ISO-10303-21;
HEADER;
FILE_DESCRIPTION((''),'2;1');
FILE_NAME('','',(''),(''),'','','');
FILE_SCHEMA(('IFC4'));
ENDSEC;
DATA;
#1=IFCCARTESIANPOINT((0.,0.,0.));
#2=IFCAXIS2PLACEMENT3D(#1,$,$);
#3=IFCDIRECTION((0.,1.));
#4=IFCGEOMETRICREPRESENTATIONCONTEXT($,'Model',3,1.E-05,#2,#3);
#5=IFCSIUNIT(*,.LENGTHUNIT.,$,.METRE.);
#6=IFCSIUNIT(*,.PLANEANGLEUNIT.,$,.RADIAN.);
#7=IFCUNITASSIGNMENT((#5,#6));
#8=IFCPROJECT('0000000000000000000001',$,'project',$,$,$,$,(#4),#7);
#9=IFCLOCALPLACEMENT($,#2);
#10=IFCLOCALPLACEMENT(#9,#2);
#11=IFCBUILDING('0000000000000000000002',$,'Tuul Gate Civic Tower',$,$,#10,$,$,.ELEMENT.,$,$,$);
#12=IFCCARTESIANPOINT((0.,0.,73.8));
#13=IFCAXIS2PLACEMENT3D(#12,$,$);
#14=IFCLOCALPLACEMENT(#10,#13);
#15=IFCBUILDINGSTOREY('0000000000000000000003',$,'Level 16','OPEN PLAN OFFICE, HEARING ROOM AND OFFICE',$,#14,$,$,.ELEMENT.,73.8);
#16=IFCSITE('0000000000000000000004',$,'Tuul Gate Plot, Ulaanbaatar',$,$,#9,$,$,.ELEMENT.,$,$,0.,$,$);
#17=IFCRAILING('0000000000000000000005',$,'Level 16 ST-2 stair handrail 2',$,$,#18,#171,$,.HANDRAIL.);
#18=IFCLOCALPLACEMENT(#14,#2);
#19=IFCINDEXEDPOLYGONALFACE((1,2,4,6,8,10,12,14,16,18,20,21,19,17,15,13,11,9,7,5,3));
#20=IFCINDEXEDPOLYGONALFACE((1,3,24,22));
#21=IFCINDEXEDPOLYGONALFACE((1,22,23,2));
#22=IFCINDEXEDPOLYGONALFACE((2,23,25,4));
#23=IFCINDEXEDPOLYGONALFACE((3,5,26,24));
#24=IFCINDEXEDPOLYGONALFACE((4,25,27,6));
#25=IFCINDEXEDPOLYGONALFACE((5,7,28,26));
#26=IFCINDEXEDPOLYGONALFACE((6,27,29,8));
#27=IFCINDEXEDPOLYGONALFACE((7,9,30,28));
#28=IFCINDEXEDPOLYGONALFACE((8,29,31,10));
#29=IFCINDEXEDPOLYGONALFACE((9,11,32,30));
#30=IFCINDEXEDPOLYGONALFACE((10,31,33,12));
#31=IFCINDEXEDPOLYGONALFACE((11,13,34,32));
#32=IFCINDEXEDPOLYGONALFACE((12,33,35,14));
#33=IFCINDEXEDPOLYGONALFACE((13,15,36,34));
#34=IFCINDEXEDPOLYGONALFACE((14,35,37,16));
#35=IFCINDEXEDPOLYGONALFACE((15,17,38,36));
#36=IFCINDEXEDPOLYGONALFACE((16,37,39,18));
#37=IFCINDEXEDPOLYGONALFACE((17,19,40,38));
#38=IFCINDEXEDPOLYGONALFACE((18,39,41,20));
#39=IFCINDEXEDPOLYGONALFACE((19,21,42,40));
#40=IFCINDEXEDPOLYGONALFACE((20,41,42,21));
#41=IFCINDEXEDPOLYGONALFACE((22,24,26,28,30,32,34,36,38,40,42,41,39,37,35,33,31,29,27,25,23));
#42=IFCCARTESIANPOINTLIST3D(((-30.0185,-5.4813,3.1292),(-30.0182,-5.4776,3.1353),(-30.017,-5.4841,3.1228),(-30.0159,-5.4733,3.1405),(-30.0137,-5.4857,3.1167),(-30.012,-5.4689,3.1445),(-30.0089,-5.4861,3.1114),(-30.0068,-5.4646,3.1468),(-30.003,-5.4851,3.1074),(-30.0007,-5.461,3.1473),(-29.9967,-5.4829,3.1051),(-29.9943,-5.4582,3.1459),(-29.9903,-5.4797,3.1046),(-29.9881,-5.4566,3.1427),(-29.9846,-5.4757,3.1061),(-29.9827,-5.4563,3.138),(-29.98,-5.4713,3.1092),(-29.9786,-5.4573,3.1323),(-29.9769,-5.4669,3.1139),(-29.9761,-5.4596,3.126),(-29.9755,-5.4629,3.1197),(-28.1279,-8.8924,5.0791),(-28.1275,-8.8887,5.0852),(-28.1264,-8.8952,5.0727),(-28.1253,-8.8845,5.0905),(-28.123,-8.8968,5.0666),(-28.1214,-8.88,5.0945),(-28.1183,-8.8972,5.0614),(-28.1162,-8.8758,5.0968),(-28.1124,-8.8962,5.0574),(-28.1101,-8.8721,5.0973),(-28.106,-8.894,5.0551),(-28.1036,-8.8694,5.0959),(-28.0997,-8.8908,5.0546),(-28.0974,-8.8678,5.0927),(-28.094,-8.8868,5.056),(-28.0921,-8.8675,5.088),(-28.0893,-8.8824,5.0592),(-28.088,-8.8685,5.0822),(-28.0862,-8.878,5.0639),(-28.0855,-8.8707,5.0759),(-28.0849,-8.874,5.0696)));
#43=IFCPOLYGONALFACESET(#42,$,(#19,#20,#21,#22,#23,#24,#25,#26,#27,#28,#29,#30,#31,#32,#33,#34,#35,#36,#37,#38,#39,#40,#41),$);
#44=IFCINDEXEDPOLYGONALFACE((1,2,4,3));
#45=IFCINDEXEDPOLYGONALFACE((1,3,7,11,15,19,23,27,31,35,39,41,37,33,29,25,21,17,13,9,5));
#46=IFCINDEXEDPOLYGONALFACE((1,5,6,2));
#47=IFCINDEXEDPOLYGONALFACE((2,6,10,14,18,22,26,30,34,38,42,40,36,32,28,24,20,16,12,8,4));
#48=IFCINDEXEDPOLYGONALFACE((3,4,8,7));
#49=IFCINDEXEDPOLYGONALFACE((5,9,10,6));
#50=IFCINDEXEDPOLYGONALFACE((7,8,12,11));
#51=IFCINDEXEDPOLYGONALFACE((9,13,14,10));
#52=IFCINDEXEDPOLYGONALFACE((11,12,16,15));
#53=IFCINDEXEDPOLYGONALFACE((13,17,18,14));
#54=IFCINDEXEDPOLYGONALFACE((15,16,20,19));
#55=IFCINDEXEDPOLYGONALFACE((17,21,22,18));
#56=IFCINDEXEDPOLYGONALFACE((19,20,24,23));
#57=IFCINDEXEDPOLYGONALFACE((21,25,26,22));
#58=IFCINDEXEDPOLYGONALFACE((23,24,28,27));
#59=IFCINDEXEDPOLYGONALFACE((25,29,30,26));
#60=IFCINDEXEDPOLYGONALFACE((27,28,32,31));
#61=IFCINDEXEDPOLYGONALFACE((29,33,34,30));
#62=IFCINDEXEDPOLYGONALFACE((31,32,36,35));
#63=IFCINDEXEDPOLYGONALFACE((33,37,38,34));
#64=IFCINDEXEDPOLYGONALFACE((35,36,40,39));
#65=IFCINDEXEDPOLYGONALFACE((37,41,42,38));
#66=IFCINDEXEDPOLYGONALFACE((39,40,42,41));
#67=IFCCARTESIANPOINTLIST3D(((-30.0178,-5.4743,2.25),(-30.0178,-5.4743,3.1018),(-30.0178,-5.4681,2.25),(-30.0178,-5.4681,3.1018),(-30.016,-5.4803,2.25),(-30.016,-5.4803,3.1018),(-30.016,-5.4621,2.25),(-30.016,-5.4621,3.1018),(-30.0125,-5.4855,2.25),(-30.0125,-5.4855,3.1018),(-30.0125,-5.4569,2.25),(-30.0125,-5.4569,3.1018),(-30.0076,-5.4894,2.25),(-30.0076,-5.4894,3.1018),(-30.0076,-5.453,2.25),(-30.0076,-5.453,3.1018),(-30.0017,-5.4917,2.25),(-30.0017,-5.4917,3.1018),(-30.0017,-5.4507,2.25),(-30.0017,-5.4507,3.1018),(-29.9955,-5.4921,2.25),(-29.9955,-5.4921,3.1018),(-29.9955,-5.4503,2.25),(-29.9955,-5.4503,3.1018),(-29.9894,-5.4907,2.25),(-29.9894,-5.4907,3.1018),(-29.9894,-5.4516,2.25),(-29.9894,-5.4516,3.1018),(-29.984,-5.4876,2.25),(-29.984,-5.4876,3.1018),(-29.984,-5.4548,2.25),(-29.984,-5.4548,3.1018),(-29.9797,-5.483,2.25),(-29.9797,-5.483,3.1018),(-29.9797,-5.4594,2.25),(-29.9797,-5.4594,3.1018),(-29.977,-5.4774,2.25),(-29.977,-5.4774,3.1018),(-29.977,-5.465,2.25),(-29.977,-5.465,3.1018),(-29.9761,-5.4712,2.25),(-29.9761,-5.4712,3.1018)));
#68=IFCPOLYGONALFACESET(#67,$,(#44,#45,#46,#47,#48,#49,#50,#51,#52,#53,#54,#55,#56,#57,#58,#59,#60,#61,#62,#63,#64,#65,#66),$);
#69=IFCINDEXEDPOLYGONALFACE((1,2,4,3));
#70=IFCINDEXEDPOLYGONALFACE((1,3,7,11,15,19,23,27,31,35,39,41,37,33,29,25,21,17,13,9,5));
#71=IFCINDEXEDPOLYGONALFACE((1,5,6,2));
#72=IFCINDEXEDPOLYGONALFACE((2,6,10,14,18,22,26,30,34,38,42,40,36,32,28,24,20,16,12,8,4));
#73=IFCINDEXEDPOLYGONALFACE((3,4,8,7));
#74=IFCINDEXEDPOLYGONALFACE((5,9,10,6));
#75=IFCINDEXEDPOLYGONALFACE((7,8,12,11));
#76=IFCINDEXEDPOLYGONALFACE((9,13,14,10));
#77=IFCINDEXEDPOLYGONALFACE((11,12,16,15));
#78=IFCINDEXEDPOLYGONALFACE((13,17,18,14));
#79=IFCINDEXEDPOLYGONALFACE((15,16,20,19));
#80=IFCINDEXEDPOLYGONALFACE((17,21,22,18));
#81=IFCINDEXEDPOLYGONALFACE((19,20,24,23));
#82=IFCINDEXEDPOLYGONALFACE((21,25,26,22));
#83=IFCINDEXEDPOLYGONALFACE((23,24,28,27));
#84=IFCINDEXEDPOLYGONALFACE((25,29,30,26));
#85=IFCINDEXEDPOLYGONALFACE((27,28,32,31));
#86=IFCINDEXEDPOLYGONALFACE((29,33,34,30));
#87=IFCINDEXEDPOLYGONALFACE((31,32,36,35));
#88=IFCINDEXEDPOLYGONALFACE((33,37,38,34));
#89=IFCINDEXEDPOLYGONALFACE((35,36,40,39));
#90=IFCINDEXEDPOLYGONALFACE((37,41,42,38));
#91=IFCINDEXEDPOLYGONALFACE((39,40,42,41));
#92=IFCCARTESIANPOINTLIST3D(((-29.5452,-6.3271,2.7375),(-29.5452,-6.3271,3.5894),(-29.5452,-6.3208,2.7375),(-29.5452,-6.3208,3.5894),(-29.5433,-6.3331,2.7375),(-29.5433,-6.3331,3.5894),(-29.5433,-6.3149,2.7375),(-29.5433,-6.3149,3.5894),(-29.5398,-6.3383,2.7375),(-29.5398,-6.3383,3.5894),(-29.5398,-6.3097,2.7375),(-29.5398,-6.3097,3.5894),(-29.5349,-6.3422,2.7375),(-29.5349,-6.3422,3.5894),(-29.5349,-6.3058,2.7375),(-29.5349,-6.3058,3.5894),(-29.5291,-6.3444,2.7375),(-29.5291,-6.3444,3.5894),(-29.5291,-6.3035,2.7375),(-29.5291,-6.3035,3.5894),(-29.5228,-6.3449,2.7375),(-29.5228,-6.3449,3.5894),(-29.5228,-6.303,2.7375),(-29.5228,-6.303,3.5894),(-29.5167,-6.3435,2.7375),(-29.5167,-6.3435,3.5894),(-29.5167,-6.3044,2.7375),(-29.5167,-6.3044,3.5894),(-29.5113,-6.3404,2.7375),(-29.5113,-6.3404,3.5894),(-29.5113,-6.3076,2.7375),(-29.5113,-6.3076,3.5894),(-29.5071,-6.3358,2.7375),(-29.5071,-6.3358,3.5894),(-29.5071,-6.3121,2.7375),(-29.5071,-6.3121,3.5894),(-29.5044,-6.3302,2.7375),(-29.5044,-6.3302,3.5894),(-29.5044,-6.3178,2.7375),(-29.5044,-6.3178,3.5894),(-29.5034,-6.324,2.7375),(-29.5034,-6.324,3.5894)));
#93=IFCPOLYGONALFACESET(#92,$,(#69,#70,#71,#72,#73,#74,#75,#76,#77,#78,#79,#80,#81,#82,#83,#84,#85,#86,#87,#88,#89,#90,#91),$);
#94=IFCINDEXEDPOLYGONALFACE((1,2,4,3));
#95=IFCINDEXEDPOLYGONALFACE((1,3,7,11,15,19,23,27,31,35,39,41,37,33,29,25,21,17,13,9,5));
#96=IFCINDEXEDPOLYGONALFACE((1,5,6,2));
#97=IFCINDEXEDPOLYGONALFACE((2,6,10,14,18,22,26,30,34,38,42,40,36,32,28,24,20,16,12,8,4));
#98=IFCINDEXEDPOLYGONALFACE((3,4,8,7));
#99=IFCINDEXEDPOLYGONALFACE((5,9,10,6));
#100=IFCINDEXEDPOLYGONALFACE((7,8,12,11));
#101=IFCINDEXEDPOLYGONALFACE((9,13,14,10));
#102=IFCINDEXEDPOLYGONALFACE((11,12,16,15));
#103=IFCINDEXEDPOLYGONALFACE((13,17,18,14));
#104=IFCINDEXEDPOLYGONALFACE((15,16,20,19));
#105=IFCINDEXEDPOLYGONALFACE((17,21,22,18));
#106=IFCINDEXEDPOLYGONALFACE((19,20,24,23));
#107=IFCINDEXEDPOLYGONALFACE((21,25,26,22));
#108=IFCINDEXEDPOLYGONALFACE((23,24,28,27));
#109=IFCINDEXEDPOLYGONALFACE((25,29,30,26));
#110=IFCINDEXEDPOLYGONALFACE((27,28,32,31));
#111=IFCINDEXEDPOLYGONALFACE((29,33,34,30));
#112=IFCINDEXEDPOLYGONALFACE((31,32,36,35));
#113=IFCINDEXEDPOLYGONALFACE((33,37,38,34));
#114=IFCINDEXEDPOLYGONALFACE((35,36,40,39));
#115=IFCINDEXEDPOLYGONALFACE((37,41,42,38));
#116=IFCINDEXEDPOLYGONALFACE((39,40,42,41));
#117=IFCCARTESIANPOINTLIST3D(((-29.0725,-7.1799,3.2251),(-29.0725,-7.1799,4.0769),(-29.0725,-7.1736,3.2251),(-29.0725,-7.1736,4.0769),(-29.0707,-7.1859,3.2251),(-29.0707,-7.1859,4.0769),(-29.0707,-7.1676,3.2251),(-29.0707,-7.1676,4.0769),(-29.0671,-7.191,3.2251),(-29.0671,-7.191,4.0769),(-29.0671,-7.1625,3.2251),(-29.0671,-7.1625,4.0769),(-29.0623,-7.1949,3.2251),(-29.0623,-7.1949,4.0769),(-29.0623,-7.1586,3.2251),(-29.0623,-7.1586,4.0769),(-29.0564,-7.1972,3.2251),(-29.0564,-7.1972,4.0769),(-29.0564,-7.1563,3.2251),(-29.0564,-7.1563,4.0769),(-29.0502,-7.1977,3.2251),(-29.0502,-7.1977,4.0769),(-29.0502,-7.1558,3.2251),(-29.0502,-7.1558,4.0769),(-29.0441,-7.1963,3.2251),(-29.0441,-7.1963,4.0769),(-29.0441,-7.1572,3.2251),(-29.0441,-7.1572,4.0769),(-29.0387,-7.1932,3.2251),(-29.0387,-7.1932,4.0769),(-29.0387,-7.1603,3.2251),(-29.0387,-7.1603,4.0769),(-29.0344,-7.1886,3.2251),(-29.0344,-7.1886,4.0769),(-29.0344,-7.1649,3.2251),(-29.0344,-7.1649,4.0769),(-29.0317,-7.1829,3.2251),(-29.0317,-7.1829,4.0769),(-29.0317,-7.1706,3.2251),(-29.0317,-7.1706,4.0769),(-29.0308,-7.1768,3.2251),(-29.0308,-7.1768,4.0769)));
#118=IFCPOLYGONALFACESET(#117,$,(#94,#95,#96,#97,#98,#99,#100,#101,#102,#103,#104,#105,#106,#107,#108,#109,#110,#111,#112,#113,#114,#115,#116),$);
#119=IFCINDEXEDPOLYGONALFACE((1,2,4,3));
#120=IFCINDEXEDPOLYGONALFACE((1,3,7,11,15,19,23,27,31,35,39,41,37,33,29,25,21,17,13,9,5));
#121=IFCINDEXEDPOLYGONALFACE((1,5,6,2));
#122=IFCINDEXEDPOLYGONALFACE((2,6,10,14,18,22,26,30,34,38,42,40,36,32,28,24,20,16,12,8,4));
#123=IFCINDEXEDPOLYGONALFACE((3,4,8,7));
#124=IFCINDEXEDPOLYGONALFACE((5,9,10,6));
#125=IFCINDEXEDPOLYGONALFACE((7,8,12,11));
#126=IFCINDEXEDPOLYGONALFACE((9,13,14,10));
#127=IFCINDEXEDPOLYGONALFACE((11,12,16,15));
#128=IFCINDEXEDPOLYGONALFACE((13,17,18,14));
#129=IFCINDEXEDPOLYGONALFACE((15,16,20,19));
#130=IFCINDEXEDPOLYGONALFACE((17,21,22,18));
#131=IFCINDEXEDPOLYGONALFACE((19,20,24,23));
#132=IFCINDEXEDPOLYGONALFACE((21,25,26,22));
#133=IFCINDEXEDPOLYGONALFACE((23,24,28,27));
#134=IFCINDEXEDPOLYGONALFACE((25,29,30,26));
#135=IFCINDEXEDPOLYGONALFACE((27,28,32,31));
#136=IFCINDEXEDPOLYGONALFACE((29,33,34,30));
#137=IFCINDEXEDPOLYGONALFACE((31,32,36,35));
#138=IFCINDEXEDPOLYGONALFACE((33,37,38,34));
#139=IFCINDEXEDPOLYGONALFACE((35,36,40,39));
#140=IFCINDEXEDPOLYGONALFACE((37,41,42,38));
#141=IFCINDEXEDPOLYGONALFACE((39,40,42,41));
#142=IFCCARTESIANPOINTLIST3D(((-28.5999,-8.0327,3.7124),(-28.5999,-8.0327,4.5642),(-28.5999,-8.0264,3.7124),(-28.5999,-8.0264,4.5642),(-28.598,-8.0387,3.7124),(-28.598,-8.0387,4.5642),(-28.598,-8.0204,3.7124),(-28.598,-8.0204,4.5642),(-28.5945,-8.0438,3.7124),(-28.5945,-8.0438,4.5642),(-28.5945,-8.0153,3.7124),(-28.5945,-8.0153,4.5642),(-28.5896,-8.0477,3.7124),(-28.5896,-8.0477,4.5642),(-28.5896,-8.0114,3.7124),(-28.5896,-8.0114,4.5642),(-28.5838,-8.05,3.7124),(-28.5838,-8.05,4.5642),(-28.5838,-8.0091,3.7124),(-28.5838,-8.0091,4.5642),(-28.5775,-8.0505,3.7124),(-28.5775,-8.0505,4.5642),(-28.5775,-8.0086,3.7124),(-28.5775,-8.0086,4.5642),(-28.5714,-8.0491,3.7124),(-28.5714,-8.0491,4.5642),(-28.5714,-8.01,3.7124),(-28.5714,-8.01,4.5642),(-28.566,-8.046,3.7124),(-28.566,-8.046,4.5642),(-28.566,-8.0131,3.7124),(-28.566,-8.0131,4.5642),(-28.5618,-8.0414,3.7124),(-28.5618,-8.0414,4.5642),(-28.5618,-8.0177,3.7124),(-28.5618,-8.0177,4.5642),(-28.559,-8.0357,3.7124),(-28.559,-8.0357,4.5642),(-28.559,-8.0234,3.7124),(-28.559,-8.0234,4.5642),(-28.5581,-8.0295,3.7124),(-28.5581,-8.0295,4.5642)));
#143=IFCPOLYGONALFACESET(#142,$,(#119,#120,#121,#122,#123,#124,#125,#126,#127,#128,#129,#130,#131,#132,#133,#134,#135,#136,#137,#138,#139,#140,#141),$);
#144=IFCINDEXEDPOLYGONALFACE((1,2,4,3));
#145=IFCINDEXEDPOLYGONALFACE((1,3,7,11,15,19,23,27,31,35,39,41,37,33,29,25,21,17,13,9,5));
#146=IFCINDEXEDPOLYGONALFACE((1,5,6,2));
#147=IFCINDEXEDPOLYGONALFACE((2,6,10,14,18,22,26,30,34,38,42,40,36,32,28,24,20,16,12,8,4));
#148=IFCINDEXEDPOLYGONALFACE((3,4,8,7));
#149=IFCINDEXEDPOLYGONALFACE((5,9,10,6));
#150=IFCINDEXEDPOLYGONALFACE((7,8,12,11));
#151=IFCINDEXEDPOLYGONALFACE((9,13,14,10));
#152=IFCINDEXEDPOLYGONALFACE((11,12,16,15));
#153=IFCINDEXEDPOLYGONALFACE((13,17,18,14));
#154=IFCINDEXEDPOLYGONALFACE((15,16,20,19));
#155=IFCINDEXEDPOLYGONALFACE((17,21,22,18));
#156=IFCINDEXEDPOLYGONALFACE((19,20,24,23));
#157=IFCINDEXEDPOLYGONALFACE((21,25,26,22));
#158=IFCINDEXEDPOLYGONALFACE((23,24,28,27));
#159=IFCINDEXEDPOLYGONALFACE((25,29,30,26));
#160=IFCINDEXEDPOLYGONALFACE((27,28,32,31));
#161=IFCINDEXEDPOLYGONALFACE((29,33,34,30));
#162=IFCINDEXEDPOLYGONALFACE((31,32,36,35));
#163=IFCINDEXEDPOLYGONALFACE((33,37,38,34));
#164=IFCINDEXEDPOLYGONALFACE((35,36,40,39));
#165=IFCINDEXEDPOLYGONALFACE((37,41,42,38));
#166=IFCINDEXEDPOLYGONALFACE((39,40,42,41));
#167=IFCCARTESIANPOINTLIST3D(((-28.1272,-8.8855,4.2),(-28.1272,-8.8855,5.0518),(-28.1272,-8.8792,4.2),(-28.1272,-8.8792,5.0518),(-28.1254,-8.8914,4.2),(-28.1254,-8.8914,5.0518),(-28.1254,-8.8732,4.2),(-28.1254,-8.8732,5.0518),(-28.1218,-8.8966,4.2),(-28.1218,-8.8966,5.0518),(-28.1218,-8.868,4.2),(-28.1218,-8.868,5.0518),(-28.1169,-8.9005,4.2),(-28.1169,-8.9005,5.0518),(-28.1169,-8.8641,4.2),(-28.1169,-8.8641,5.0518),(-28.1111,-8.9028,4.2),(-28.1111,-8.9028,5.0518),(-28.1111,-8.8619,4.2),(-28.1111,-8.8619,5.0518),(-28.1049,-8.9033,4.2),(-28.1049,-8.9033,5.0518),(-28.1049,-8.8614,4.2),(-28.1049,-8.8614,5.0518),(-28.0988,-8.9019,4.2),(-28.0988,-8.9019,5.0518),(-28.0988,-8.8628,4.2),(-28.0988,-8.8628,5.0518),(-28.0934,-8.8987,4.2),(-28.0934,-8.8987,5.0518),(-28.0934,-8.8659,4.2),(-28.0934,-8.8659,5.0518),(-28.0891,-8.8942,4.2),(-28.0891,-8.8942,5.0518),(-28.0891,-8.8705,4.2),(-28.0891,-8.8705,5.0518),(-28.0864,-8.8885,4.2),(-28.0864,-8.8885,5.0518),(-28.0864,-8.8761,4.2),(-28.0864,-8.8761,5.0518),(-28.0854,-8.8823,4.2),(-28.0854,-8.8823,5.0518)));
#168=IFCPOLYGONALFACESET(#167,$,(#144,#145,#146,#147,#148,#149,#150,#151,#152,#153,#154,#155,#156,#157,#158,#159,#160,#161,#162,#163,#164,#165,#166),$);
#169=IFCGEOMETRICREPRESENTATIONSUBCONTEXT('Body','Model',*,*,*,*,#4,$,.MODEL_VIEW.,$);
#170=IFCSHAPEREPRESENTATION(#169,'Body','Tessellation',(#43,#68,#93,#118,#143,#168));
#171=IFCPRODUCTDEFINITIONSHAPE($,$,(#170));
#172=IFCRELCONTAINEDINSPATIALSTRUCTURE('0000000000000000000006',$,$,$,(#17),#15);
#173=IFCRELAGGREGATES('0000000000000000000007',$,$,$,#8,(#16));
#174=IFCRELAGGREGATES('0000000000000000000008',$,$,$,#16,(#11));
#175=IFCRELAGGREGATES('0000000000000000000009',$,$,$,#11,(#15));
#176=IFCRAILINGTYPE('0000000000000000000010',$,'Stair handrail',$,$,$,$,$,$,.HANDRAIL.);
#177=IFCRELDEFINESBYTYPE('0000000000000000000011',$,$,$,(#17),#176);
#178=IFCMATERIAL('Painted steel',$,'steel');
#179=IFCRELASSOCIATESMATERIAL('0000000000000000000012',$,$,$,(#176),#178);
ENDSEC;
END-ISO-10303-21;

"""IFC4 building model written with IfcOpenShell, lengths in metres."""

from ifc_helpers import new_model, si_unit, direction, frame, origin, origin_2d, place, context, subcontext, project, spatial, circle, extrude, material, type_object, element, save


model = new_model("IFC4")

# Units and contexts
model_context = context("Model", 3, precision=1e-05, world=origin(), true_north=direction((0.0, 1.0)))
body_context = subcontext(model_context, "Body", "Model", "MODEL_VIEW")
ifc_project = project(units=[si_unit("LENGTHUNIT", "METRE"), si_unit("PLANEANGLEUNIT", "RADIAN")], contexts=[model_context])

# Site, building, storey
site_placement = place(None, origin())
site = spatial("IfcSite", under=ifc_project, at=site_placement, Name="Tuul Gate Plot, Ulaanbaatar", CompositionType="ELEMENT", RefElevation=0.0)
building_placement = place(site_placement, origin())
building = spatial("IfcBuilding", under=site, at=building_placement, Name="Tuul Gate Civic Tower", CompositionType="ELEMENT")
storey_placement = place(building_placement, frame((0.0, 0.0, 73.8)))
storey = spatial("IfcBuildingStorey", under=building, at=storey_placement, Name="Level 16", Description="OPEN PLAN OFFICE, HEARING ROOM AND OFFICE", CompositionType="ELEMENT", Elevation=73.8)

# Railing
ifc_material_1 = material(Name="Painted steel", Category="steel")
railing_type_1 = type_object("IfcRailingType", Name="Stair handrail", PredefinedType="HANDRAIL", material=ifc_material_1)
railing_1_placement = place(storey_placement, frame((-29.9971, -5.4712, 2.25)))
element("IfcRailing", 1, at=railing_1_placement, inside=storey, type_object=railing_type_1, Name="Level 16 ST-2 stair handrail 2", PredefinedType="HANDRAIL", context=body_context, shape_type="SweptSolid", body=[
    extrude(circle(Radius=0.0239, at=origin_2d()), frame((0.0, 0.0, 0.876), z_axis=(0.433595, -0.782308, 0.447201), x_axis=(0.874641, 0.484771, 0.0)), (0.0, 0.0, 1.0), 4.3604),
    extrude(circle(Radius=0.021, at=origin_2d()), origin(), (0.0, 0.0, 1.0), 0.8518),
    extrude(circle(Radius=0.021, at=origin_2d()), frame((0.4727, -0.8528, 0.4875)), (0.0, 0.0, 1.0), 0.8518),
    extrude(circle(Radius=0.021, at=origin_2d()), frame((0.9453, -1.7056, 0.9751)), (0.0, 0.0, 1.0), 0.8518),
    extrude(circle(Radius=0.021, at=origin_2d()), frame((1.418, -2.5583, 1.4624)), (0.0, 0.0, 1.0), 0.8518),
    extrude(circle(Radius=0.021, at=origin_2d()), frame((1.8906, -3.4111, 1.95)), (0.0, 0.0, 1.0), 0.8518),
])

save(model, "model.ifc")
